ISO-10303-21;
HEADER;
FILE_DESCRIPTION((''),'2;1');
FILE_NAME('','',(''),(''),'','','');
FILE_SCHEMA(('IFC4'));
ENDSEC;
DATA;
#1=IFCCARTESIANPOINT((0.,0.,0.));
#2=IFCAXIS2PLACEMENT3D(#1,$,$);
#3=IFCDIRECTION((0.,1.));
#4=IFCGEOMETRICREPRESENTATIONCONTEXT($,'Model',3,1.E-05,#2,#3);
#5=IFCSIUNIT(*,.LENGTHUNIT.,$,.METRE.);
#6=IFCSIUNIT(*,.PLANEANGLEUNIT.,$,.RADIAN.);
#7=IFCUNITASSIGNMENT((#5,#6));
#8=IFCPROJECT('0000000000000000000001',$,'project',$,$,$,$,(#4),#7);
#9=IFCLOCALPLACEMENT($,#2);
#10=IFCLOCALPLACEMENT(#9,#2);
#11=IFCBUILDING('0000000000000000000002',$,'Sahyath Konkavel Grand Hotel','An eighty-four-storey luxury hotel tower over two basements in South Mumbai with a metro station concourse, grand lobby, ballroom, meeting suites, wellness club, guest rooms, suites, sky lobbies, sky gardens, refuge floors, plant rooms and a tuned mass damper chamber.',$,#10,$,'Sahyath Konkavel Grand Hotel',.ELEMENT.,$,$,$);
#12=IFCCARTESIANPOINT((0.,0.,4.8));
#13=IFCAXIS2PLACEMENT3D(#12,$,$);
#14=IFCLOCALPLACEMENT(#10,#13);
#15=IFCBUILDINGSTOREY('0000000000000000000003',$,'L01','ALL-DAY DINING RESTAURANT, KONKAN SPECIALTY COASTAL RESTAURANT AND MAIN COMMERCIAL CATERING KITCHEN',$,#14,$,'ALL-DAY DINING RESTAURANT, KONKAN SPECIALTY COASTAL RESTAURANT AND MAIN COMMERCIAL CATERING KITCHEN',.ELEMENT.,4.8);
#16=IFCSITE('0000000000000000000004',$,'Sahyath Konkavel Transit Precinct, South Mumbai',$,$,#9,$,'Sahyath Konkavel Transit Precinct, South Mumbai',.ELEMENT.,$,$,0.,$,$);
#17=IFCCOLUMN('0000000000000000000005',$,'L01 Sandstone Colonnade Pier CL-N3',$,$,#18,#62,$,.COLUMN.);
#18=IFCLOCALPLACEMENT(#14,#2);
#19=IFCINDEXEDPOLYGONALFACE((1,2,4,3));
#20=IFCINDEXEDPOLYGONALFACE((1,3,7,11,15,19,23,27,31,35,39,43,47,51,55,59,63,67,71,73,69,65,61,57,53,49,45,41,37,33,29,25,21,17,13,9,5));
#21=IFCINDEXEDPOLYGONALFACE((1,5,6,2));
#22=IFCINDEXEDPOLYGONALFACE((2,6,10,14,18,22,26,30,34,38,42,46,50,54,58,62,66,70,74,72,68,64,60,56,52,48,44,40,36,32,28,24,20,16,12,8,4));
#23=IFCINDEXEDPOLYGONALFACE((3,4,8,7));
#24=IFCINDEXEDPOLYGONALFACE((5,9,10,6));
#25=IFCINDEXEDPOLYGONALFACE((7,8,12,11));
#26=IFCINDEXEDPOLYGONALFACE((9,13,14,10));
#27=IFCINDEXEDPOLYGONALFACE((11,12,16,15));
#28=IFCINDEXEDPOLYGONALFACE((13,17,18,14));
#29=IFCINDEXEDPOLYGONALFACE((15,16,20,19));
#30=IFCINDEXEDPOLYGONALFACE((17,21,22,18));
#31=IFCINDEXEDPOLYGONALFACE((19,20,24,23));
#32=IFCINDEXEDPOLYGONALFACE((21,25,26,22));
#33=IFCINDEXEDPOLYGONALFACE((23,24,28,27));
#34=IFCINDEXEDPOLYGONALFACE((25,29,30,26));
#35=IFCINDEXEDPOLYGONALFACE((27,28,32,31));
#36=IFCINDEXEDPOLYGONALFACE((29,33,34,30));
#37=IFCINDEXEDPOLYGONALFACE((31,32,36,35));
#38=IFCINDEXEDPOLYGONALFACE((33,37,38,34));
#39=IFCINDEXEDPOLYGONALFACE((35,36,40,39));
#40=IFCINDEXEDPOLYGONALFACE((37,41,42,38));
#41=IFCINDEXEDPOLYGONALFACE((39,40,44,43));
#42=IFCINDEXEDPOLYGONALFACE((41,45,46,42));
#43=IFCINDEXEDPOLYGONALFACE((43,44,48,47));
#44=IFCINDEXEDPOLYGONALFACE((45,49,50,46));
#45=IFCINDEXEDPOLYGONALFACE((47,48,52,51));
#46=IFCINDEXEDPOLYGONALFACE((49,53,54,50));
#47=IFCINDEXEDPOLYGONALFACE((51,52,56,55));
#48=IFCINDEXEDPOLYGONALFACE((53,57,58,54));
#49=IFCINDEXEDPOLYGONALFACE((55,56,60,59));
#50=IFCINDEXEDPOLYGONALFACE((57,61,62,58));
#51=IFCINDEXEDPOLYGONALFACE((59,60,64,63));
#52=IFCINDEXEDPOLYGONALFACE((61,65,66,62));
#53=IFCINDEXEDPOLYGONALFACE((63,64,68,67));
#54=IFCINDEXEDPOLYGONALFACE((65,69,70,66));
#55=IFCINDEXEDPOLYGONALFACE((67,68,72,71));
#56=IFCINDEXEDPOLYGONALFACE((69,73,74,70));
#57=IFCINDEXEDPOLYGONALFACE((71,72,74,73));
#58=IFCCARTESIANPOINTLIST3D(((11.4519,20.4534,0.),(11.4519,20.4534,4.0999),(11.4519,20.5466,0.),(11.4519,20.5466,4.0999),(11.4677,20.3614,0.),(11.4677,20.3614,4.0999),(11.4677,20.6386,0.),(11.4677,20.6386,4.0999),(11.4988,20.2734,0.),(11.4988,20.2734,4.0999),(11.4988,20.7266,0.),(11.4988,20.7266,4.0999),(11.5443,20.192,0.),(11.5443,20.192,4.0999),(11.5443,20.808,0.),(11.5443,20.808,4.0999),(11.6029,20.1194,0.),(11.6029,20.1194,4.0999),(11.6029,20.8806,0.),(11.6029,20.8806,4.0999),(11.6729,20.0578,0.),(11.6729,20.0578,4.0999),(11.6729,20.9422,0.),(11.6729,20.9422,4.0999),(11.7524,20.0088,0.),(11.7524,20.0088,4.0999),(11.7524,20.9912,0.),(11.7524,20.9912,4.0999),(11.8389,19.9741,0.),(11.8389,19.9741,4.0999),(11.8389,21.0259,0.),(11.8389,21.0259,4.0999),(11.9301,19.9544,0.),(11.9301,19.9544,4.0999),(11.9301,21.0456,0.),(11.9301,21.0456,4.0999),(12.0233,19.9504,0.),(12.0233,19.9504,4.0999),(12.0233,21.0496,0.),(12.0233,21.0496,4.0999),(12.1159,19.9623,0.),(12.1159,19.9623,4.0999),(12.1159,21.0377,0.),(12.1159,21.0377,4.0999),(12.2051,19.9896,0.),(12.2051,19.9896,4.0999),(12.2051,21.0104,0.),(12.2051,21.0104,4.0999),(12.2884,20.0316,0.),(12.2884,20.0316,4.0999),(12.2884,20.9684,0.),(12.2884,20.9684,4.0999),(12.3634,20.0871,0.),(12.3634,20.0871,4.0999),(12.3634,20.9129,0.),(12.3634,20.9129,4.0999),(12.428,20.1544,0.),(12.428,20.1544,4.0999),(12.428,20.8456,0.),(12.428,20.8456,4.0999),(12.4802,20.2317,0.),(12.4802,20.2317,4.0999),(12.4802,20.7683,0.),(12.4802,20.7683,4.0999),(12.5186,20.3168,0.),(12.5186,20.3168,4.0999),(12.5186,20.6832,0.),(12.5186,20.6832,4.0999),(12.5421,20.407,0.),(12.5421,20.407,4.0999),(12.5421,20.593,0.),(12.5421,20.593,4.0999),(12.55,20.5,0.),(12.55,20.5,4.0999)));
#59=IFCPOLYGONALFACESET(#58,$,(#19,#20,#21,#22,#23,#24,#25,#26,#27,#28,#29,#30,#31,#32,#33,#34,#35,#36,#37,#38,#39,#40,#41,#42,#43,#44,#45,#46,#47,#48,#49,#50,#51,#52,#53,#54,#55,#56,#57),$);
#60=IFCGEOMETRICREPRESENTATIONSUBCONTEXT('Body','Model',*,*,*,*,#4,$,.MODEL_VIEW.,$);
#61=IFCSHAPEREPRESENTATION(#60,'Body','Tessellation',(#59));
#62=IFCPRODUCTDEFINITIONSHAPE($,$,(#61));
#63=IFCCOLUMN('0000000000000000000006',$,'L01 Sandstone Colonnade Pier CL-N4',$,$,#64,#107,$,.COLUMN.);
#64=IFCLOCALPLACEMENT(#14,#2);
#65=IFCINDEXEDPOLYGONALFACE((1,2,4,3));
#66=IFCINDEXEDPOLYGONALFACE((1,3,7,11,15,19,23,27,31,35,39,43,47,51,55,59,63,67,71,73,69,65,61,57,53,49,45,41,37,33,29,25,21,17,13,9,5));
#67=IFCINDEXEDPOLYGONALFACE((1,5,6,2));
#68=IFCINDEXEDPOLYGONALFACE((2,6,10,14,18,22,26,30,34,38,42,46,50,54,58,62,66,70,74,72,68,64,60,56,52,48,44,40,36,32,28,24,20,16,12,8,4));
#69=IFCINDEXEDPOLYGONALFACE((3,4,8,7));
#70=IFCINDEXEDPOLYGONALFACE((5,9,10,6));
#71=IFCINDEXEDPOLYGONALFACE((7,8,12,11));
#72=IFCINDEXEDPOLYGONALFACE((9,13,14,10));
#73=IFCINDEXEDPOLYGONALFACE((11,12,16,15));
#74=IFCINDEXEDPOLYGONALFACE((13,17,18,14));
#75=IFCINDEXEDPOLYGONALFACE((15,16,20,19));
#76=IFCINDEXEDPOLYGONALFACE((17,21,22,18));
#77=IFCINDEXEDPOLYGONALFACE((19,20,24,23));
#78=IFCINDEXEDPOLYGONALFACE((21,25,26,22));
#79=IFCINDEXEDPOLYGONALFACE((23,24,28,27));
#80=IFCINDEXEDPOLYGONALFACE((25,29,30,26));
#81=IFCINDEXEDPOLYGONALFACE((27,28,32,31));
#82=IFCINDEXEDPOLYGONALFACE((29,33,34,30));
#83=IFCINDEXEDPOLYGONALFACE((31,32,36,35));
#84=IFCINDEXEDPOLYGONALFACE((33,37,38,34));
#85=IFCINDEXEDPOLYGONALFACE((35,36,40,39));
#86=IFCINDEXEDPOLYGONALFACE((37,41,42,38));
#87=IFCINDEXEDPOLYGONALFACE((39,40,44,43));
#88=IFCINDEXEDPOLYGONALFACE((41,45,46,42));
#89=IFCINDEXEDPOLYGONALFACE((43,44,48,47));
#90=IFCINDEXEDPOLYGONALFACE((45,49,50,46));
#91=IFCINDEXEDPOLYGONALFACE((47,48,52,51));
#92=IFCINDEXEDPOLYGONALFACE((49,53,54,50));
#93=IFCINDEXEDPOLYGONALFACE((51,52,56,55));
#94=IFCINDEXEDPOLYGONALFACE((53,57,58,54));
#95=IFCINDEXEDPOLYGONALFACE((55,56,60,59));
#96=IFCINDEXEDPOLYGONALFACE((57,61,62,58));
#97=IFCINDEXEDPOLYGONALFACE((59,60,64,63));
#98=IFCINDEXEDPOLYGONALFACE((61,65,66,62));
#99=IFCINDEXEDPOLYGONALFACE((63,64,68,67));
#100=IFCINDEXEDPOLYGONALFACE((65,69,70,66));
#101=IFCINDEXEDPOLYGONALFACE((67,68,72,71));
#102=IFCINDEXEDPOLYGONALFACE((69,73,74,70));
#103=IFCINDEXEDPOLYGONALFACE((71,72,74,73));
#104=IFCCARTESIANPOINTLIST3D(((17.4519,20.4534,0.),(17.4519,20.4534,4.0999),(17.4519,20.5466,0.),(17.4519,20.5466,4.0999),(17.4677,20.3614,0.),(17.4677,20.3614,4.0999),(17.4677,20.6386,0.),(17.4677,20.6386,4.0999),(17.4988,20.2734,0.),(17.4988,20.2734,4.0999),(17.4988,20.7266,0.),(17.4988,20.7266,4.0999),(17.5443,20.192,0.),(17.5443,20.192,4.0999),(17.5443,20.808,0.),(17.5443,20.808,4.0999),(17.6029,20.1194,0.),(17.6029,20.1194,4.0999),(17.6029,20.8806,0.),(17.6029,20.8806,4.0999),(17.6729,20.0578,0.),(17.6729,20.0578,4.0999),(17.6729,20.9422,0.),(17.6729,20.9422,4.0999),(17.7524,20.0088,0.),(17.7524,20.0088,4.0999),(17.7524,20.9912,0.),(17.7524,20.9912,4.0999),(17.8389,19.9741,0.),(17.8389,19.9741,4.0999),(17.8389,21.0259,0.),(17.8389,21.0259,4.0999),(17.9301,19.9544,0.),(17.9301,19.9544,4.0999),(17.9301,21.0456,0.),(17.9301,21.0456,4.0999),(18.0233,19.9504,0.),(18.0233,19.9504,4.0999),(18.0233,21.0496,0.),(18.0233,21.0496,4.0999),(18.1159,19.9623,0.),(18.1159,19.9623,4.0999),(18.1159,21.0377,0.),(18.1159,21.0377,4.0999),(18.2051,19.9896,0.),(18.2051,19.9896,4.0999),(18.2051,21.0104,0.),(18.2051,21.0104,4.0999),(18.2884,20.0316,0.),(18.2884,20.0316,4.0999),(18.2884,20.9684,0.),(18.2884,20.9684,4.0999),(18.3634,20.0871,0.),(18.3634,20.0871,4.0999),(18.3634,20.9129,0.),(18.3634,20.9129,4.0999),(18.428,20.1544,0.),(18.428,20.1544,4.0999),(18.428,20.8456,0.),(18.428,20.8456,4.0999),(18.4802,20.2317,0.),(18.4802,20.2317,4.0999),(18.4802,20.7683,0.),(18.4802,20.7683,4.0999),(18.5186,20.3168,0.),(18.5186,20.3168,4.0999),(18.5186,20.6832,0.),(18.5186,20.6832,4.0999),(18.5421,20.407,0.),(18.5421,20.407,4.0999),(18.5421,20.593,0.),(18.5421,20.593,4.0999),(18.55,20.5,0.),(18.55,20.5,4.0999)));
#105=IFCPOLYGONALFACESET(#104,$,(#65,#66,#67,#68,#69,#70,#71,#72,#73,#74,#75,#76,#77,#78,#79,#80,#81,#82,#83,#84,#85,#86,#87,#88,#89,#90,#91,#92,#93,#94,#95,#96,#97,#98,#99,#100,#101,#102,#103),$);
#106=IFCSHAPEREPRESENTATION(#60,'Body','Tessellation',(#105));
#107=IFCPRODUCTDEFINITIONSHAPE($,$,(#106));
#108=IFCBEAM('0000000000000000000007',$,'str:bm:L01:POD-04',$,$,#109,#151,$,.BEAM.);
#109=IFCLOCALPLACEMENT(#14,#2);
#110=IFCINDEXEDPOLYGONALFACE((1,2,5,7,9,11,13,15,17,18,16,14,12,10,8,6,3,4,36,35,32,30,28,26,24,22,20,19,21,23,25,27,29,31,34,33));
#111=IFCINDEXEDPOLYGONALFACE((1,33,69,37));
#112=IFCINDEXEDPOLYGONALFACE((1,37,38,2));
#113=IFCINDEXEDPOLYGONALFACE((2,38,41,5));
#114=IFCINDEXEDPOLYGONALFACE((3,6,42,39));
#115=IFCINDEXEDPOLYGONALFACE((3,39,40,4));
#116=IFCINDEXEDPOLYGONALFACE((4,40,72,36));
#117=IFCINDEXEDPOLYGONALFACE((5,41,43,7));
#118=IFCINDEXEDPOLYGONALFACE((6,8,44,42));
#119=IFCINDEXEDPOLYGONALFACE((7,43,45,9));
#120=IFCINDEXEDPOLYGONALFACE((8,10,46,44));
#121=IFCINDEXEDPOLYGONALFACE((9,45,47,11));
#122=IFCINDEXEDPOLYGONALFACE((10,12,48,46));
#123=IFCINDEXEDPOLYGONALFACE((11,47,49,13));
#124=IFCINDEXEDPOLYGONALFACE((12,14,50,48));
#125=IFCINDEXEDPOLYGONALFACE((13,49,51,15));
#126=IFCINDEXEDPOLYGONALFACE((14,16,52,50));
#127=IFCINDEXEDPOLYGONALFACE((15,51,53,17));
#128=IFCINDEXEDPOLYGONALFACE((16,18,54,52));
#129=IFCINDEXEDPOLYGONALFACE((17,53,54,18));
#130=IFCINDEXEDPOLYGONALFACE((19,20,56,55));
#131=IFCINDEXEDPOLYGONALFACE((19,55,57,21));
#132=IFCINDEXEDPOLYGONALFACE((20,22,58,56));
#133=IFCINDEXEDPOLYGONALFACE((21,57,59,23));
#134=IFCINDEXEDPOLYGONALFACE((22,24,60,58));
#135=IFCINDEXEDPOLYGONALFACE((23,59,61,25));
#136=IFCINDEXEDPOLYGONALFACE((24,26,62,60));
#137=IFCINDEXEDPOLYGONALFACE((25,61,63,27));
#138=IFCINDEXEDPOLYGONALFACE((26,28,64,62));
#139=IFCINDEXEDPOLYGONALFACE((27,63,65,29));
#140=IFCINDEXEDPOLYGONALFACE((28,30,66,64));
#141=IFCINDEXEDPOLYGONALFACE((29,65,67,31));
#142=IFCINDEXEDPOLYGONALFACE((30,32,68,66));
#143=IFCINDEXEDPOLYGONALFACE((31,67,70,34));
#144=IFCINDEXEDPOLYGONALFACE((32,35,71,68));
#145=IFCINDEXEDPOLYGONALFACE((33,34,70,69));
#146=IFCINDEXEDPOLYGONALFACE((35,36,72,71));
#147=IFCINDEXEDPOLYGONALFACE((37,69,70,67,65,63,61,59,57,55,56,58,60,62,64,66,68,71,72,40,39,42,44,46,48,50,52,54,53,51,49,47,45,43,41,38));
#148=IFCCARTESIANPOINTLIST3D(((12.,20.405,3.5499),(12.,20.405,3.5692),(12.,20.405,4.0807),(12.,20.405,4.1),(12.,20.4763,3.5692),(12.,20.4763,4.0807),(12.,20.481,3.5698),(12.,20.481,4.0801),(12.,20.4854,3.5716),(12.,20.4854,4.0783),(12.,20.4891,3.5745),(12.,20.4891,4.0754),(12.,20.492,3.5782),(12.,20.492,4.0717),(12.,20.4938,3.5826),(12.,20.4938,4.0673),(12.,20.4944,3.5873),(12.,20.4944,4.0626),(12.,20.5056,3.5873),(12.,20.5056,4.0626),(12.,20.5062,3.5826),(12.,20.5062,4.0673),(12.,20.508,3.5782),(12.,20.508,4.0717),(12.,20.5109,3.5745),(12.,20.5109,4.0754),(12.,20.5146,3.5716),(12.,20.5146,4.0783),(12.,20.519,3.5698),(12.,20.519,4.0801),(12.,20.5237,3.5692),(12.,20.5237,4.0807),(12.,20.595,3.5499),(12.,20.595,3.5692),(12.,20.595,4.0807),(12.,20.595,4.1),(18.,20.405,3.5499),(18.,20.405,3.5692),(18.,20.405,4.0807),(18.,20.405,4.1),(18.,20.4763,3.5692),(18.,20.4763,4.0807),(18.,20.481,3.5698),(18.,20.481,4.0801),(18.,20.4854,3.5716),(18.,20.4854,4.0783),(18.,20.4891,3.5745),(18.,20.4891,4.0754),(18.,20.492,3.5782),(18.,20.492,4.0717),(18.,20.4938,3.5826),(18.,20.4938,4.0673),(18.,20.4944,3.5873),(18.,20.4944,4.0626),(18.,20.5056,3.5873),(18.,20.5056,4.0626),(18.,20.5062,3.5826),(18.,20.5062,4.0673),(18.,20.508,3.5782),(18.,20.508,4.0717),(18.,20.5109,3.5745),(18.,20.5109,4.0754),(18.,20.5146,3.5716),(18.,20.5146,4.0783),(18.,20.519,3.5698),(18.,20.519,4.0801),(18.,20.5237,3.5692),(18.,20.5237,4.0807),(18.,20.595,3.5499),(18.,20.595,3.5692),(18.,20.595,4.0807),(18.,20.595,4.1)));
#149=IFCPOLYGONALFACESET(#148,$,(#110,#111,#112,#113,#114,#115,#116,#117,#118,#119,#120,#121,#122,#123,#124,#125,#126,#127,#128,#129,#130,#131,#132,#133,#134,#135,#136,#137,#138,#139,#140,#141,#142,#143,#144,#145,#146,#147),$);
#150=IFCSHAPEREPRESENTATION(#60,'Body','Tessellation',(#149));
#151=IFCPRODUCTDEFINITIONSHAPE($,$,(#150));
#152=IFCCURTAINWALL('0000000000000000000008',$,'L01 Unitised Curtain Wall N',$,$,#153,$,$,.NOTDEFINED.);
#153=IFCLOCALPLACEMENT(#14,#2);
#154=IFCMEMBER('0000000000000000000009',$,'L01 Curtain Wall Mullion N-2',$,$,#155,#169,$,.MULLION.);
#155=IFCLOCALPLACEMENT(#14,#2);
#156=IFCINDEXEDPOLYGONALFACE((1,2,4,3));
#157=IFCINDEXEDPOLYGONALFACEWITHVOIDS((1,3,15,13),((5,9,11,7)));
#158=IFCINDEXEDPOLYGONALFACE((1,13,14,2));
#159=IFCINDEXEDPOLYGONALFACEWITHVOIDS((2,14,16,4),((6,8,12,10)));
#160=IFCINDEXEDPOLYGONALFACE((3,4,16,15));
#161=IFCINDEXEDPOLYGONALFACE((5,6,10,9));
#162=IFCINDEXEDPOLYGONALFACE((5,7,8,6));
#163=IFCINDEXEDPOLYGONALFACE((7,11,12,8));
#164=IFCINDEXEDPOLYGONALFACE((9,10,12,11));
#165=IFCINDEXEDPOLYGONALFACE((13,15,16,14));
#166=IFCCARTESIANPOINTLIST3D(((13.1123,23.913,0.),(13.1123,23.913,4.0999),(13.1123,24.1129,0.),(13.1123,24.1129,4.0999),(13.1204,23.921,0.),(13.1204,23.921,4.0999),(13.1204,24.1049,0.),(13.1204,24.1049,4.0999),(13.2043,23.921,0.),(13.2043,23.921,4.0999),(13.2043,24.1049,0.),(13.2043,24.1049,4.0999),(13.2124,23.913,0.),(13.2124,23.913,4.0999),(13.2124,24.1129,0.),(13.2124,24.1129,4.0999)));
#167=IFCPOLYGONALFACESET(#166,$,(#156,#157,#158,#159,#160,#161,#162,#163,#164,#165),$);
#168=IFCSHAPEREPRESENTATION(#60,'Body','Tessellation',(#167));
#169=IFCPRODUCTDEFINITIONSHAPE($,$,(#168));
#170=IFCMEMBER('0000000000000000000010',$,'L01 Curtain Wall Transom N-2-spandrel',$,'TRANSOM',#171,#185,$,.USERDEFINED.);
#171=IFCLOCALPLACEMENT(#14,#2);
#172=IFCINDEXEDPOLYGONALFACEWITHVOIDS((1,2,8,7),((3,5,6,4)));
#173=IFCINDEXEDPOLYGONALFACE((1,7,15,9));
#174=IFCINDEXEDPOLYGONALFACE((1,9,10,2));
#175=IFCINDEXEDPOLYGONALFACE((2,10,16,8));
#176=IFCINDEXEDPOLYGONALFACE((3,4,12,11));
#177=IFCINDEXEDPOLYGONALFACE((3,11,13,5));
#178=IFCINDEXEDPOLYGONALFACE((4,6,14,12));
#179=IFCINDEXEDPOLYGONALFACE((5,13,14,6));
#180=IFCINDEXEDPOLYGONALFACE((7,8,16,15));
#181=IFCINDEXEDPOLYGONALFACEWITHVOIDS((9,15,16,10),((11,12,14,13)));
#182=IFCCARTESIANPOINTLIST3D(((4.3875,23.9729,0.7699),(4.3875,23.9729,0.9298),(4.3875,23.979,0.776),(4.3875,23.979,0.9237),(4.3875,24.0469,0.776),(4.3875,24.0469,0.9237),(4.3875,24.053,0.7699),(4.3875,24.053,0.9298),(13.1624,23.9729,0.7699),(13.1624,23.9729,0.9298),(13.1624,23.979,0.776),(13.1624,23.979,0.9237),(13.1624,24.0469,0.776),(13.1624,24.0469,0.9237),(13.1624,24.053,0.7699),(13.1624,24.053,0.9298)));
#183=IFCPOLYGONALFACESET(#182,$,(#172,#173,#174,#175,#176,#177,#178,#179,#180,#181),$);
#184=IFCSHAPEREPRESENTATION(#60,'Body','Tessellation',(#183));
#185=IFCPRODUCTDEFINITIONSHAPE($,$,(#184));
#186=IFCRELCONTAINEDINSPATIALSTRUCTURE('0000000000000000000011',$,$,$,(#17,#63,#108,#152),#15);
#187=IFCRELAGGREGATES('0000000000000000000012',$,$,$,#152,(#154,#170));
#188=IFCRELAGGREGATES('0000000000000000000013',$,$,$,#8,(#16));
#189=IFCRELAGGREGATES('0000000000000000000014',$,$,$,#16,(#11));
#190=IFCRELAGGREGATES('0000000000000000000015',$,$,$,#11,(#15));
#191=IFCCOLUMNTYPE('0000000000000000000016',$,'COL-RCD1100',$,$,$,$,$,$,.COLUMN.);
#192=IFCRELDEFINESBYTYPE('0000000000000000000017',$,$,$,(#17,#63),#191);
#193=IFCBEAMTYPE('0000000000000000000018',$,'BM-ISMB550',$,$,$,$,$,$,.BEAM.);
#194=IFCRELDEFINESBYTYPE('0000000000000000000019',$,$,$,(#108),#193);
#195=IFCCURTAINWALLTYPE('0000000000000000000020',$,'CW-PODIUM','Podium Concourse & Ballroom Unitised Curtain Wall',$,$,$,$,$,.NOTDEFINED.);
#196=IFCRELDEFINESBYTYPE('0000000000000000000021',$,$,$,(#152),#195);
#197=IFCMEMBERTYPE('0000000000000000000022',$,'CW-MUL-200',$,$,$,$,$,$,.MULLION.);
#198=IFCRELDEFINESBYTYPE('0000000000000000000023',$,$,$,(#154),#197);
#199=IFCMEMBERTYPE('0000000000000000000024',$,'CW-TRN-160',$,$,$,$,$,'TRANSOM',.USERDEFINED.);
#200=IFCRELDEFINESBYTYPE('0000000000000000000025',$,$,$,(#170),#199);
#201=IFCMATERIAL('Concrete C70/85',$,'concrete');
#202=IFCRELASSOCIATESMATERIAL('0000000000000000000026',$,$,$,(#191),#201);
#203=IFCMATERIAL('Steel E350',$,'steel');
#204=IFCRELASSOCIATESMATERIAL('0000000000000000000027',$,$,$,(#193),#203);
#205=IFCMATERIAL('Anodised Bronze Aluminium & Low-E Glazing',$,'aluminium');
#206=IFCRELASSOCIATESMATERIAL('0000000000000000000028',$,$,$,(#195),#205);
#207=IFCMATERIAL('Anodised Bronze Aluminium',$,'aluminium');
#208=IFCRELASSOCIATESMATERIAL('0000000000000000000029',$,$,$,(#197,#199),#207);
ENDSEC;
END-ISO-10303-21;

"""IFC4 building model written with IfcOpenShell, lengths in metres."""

from ifc_helpers import new_model, si_unit, direction, frame, origin, origin_2d, place, context, subcontext, project, spatial, hollow_rectangle, circle, i_section, extrude, source, transform, mapped, material, material_profile, profile_set, type_object, element, aggregate, save


model = new_model("IFC4")

# Units and contexts
model_context = context("Model", 3, precision=1e-05, world=origin(), true_north=direction((0.0, 1.0)))
body_context = subcontext(model_context, "Body", "Model", "MODEL_VIEW")
ifc_project = project(units=[si_unit("LENGTHUNIT", "METRE"), si_unit("PLANEANGLEUNIT", "RADIAN")], contexts=[model_context])

# Site, building, storey
site_placement = place(None, origin())
site = spatial("IfcSite", under=ifc_project, at=site_placement, Name="Sahyath Konkavel Transit Precinct, South Mumbai", LongName="Sahyath Konkavel Transit Precinct, South Mumbai", CompositionType="ELEMENT", RefElevation=0.0)
building_placement = place(site_placement, origin())
building = spatial("IfcBuilding", under=site, at=building_placement, Name="Sahyath Konkavel Grand Hotel", Description="An eighty-four-storey luxury hotel tower over two basements in South Mumbai with a metro station concourse, grand lobby, ballroom, meeting suites, wellness club, guest rooms, suites, sky lobbies, sky gardens, refuge floors, plant rooms and a tuned mass damper chamber.", LongName="Sahyath Konkavel Grand Hotel", CompositionType="ELEMENT")
storey_placement = place(building_placement, frame((0.0, 0.0, 4.8)))
storey = spatial("IfcBuildingStorey", under=building, at=storey_placement, Name="L01", Description="ALL-DAY DINING RESTAURANT, KONKAN SPECIALTY COASTAL RESTAURANT AND MAIN COMMERCIAL CATERING KITCHEN", LongName="ALL-DAY DINING RESTAURANT, KONKAN SPECIALTY COASTAL RESTAURANT AND MAIN COMMERCIAL CATERING KITCHEN", CompositionType="ELEMENT", Elevation=4.8)

# Columns
ifc_material_1 = material(Name="Concrete C70/85", Category="concrete")
ifc_material_profile_1 = material_profile(ifc_material_1, circle(Radius=0.55, at=origin_2d()), Name="RC D1100")
ifc_profile_set_1 = profile_set([ifc_material_profile_1], Name="Concrete C70/85")
column_type = type_object("IfcColumnType", Name="COL-RCD1100", PredefinedType="COLUMN", material=ifc_profile_set_1)
shared_shape_1 = source(origin(), body_context, "Body", "SweptSolid", [
    extrude(circle(Radius=0.55, at=origin_2d()), origin(), (0.0, 0.0, 1.0), 4.0999),
])
for number, where, z_axis, x_axis, name in (
    (1, (12.0, 20.5, 0.0), (0.0, 0.0, 1.0), (1.0, 0.0, 0.0), "L01 Sandstone Colonnade Pier CL-N3"),
    (2, (18.0, 20.5, 0.0), (0.0, 0.0, 1.0), (1.0, 0.0, 0.0), "L01 Sandstone Colonnade Pier CL-N4"),
):
    element("IfcColumn", number, at=place(storey_placement, frame(where, z_axis=z_axis, x_axis=x_axis)), inside=storey, type_object=column_type, Name=name, PredefinedType="COLUMN", context=body_context, shape_type="MappedRepresentation", body=[
        mapped(shared_shape_1, transform((0.0, 0.0, 0.0), scale=1.0)),
    ])

# Beam
ifc_material_2 = material(Name="Steel E350", Category="steel")
ifc_material_profile_2 = material_profile(ifc_material_2, i_section(OverallWidth=0.1899, OverallDepth=0.55, WebThickness=0.0112, FlangeThickness=0.0193, FilletRadius=0.0181, at=origin_2d()), Name="ISMB 550")
ifc_profile_set_2 = profile_set([ifc_material_profile_2], Name="Steel E350")
beam_type = type_object("IfcBeamType", Name="BM-ISMB550", PredefinedType="BEAM", material=ifc_profile_set_2)
shared_shape_2 = source(origin(), body_context, "Body", "SweptSolid", [
    extrude(i_section(OverallWidth=0.1899, OverallDepth=0.55, WebThickness=0.0112, FlangeThickness=0.0193, FilletRadius=0.0181, at=origin_2d()), origin(), (0.0, 0.0, 1.0), 6.0),
])
beam_placement = place(storey_placement, frame((12.0, 20.5, 3.825), z_axis=(1.0, 0.0, 0.0), x_axis=(0.0, 1.0, 0.0)))
element("IfcBeam", 3, at=beam_placement, inside=storey, type_object=beam_type, Name="str:bm:L01:POD-04", PredefinedType="BEAM", context=body_context, shape_type="MappedRepresentation", body=[
    mapped(shared_shape_2, transform((0.0, 0.0, 0.0), scale=1.0)),
])

# Curtain wall, members
ifc_material_3 = material(Name="Anodised Bronze Aluminium & Low-E Glazing", Category="aluminium")
curtain_wall_type = type_object("IfcCurtainWallType", Name="CW-PODIUM", Description="Podium Concourse & Ballroom Unitised Curtain Wall", PredefinedType="NOTDEFINED", material=ifc_material_3)
curtain_wall_placement = place(storey_placement, origin())
curtain_wall = element("IfcCurtainWall", 4, at=curtain_wall_placement, inside=storey, type_object=curtain_wall_type, Name="L01 Unitised Curtain Wall N", PredefinedType="NOTDEFINED")
ifc_material_4 = material(Name="Anodised Bronze Aluminium", Category="aluminium")
ifc_material_profile_3 = material_profile(ifc_material_4, hollow_rectangle(XDim=0.1001, YDim=0.2, WallThickness=0.0081, at=origin_2d()), Name="RHS 200x100x8")
ifc_profile_set_3 = profile_set([ifc_material_profile_3], Name="Anodised Bronze Aluminium")
member_type_1 = type_object("IfcMemberType", Name="CW-MUL-200", PredefinedType="MULLION", material=ifc_profile_set_3)
shared_shape_3 = source(origin(), body_context, "Body", "SweptSolid", [
    extrude(hollow_rectangle(XDim=0.1001, YDim=0.2, WallThickness=0.0081, at=origin_2d()), origin(), (0.0, 0.0, 1.0), 4.0999),
])
member_1_placement = place(storey_placement, frame((13.1624, 24.0129, 0.0), z_axis=(0.0, 0.0, 1.0), x_axis=(1.0, 0.0, 0.0)))
member_1 = element("IfcMember", 5, at=member_1_placement, type_object=member_type_1, Name="L01 Curtain Wall Mullion N-2", PredefinedType="MULLION", context=body_context, shape_type="MappedRepresentation", body=[
    mapped(shared_shape_3, transform((0.0, 0.0, 0.0), scale=1.0)),
])
ifc_material_profile_4 = material_profile(ifc_material_4, hollow_rectangle(XDim=0.0801, YDim=0.1599, WallThickness=0.0061, at=origin_2d()), Name="RHS 160x80x6")
ifc_profile_set_4 = profile_set([ifc_material_profile_4], Name="Anodised Bronze Aluminium")
member_type_2 = type_object("IfcMemberType", Name="CW-TRN-160", ElementType="TRANSOM", PredefinedType="USERDEFINED", material=ifc_profile_set_4)
shared_shape_4 = source(origin(), body_context, "Body", "SweptSolid", [
    extrude(hollow_rectangle(XDim=0.0801, YDim=0.1599, WallThickness=0.0061, at=origin_2d()), origin(), (0.0, 0.0, 1.0), 8.7749),
])
member_2_placement = place(storey_placement, frame((13.1624, 24.0129, 0.8499), z_axis=(-1.0, 0.0, 0.0), x_axis=(0.0, -1.0, 0.0)))
member_2 = element("IfcMember", 6, at=member_2_placement, type_object=member_type_2, Name="L01 Curtain Wall Transom N-2-spandrel", ObjectType="TRANSOM", PredefinedType="USERDEFINED", context=body_context, shape_type="MappedRepresentation", body=[
    mapped(shared_shape_4, transform((0.0, 0.0, 0.0), scale=1.0)),
])

aggregate(curtain_wall, [member_1, member_2])

save(model, "model.ifc")
